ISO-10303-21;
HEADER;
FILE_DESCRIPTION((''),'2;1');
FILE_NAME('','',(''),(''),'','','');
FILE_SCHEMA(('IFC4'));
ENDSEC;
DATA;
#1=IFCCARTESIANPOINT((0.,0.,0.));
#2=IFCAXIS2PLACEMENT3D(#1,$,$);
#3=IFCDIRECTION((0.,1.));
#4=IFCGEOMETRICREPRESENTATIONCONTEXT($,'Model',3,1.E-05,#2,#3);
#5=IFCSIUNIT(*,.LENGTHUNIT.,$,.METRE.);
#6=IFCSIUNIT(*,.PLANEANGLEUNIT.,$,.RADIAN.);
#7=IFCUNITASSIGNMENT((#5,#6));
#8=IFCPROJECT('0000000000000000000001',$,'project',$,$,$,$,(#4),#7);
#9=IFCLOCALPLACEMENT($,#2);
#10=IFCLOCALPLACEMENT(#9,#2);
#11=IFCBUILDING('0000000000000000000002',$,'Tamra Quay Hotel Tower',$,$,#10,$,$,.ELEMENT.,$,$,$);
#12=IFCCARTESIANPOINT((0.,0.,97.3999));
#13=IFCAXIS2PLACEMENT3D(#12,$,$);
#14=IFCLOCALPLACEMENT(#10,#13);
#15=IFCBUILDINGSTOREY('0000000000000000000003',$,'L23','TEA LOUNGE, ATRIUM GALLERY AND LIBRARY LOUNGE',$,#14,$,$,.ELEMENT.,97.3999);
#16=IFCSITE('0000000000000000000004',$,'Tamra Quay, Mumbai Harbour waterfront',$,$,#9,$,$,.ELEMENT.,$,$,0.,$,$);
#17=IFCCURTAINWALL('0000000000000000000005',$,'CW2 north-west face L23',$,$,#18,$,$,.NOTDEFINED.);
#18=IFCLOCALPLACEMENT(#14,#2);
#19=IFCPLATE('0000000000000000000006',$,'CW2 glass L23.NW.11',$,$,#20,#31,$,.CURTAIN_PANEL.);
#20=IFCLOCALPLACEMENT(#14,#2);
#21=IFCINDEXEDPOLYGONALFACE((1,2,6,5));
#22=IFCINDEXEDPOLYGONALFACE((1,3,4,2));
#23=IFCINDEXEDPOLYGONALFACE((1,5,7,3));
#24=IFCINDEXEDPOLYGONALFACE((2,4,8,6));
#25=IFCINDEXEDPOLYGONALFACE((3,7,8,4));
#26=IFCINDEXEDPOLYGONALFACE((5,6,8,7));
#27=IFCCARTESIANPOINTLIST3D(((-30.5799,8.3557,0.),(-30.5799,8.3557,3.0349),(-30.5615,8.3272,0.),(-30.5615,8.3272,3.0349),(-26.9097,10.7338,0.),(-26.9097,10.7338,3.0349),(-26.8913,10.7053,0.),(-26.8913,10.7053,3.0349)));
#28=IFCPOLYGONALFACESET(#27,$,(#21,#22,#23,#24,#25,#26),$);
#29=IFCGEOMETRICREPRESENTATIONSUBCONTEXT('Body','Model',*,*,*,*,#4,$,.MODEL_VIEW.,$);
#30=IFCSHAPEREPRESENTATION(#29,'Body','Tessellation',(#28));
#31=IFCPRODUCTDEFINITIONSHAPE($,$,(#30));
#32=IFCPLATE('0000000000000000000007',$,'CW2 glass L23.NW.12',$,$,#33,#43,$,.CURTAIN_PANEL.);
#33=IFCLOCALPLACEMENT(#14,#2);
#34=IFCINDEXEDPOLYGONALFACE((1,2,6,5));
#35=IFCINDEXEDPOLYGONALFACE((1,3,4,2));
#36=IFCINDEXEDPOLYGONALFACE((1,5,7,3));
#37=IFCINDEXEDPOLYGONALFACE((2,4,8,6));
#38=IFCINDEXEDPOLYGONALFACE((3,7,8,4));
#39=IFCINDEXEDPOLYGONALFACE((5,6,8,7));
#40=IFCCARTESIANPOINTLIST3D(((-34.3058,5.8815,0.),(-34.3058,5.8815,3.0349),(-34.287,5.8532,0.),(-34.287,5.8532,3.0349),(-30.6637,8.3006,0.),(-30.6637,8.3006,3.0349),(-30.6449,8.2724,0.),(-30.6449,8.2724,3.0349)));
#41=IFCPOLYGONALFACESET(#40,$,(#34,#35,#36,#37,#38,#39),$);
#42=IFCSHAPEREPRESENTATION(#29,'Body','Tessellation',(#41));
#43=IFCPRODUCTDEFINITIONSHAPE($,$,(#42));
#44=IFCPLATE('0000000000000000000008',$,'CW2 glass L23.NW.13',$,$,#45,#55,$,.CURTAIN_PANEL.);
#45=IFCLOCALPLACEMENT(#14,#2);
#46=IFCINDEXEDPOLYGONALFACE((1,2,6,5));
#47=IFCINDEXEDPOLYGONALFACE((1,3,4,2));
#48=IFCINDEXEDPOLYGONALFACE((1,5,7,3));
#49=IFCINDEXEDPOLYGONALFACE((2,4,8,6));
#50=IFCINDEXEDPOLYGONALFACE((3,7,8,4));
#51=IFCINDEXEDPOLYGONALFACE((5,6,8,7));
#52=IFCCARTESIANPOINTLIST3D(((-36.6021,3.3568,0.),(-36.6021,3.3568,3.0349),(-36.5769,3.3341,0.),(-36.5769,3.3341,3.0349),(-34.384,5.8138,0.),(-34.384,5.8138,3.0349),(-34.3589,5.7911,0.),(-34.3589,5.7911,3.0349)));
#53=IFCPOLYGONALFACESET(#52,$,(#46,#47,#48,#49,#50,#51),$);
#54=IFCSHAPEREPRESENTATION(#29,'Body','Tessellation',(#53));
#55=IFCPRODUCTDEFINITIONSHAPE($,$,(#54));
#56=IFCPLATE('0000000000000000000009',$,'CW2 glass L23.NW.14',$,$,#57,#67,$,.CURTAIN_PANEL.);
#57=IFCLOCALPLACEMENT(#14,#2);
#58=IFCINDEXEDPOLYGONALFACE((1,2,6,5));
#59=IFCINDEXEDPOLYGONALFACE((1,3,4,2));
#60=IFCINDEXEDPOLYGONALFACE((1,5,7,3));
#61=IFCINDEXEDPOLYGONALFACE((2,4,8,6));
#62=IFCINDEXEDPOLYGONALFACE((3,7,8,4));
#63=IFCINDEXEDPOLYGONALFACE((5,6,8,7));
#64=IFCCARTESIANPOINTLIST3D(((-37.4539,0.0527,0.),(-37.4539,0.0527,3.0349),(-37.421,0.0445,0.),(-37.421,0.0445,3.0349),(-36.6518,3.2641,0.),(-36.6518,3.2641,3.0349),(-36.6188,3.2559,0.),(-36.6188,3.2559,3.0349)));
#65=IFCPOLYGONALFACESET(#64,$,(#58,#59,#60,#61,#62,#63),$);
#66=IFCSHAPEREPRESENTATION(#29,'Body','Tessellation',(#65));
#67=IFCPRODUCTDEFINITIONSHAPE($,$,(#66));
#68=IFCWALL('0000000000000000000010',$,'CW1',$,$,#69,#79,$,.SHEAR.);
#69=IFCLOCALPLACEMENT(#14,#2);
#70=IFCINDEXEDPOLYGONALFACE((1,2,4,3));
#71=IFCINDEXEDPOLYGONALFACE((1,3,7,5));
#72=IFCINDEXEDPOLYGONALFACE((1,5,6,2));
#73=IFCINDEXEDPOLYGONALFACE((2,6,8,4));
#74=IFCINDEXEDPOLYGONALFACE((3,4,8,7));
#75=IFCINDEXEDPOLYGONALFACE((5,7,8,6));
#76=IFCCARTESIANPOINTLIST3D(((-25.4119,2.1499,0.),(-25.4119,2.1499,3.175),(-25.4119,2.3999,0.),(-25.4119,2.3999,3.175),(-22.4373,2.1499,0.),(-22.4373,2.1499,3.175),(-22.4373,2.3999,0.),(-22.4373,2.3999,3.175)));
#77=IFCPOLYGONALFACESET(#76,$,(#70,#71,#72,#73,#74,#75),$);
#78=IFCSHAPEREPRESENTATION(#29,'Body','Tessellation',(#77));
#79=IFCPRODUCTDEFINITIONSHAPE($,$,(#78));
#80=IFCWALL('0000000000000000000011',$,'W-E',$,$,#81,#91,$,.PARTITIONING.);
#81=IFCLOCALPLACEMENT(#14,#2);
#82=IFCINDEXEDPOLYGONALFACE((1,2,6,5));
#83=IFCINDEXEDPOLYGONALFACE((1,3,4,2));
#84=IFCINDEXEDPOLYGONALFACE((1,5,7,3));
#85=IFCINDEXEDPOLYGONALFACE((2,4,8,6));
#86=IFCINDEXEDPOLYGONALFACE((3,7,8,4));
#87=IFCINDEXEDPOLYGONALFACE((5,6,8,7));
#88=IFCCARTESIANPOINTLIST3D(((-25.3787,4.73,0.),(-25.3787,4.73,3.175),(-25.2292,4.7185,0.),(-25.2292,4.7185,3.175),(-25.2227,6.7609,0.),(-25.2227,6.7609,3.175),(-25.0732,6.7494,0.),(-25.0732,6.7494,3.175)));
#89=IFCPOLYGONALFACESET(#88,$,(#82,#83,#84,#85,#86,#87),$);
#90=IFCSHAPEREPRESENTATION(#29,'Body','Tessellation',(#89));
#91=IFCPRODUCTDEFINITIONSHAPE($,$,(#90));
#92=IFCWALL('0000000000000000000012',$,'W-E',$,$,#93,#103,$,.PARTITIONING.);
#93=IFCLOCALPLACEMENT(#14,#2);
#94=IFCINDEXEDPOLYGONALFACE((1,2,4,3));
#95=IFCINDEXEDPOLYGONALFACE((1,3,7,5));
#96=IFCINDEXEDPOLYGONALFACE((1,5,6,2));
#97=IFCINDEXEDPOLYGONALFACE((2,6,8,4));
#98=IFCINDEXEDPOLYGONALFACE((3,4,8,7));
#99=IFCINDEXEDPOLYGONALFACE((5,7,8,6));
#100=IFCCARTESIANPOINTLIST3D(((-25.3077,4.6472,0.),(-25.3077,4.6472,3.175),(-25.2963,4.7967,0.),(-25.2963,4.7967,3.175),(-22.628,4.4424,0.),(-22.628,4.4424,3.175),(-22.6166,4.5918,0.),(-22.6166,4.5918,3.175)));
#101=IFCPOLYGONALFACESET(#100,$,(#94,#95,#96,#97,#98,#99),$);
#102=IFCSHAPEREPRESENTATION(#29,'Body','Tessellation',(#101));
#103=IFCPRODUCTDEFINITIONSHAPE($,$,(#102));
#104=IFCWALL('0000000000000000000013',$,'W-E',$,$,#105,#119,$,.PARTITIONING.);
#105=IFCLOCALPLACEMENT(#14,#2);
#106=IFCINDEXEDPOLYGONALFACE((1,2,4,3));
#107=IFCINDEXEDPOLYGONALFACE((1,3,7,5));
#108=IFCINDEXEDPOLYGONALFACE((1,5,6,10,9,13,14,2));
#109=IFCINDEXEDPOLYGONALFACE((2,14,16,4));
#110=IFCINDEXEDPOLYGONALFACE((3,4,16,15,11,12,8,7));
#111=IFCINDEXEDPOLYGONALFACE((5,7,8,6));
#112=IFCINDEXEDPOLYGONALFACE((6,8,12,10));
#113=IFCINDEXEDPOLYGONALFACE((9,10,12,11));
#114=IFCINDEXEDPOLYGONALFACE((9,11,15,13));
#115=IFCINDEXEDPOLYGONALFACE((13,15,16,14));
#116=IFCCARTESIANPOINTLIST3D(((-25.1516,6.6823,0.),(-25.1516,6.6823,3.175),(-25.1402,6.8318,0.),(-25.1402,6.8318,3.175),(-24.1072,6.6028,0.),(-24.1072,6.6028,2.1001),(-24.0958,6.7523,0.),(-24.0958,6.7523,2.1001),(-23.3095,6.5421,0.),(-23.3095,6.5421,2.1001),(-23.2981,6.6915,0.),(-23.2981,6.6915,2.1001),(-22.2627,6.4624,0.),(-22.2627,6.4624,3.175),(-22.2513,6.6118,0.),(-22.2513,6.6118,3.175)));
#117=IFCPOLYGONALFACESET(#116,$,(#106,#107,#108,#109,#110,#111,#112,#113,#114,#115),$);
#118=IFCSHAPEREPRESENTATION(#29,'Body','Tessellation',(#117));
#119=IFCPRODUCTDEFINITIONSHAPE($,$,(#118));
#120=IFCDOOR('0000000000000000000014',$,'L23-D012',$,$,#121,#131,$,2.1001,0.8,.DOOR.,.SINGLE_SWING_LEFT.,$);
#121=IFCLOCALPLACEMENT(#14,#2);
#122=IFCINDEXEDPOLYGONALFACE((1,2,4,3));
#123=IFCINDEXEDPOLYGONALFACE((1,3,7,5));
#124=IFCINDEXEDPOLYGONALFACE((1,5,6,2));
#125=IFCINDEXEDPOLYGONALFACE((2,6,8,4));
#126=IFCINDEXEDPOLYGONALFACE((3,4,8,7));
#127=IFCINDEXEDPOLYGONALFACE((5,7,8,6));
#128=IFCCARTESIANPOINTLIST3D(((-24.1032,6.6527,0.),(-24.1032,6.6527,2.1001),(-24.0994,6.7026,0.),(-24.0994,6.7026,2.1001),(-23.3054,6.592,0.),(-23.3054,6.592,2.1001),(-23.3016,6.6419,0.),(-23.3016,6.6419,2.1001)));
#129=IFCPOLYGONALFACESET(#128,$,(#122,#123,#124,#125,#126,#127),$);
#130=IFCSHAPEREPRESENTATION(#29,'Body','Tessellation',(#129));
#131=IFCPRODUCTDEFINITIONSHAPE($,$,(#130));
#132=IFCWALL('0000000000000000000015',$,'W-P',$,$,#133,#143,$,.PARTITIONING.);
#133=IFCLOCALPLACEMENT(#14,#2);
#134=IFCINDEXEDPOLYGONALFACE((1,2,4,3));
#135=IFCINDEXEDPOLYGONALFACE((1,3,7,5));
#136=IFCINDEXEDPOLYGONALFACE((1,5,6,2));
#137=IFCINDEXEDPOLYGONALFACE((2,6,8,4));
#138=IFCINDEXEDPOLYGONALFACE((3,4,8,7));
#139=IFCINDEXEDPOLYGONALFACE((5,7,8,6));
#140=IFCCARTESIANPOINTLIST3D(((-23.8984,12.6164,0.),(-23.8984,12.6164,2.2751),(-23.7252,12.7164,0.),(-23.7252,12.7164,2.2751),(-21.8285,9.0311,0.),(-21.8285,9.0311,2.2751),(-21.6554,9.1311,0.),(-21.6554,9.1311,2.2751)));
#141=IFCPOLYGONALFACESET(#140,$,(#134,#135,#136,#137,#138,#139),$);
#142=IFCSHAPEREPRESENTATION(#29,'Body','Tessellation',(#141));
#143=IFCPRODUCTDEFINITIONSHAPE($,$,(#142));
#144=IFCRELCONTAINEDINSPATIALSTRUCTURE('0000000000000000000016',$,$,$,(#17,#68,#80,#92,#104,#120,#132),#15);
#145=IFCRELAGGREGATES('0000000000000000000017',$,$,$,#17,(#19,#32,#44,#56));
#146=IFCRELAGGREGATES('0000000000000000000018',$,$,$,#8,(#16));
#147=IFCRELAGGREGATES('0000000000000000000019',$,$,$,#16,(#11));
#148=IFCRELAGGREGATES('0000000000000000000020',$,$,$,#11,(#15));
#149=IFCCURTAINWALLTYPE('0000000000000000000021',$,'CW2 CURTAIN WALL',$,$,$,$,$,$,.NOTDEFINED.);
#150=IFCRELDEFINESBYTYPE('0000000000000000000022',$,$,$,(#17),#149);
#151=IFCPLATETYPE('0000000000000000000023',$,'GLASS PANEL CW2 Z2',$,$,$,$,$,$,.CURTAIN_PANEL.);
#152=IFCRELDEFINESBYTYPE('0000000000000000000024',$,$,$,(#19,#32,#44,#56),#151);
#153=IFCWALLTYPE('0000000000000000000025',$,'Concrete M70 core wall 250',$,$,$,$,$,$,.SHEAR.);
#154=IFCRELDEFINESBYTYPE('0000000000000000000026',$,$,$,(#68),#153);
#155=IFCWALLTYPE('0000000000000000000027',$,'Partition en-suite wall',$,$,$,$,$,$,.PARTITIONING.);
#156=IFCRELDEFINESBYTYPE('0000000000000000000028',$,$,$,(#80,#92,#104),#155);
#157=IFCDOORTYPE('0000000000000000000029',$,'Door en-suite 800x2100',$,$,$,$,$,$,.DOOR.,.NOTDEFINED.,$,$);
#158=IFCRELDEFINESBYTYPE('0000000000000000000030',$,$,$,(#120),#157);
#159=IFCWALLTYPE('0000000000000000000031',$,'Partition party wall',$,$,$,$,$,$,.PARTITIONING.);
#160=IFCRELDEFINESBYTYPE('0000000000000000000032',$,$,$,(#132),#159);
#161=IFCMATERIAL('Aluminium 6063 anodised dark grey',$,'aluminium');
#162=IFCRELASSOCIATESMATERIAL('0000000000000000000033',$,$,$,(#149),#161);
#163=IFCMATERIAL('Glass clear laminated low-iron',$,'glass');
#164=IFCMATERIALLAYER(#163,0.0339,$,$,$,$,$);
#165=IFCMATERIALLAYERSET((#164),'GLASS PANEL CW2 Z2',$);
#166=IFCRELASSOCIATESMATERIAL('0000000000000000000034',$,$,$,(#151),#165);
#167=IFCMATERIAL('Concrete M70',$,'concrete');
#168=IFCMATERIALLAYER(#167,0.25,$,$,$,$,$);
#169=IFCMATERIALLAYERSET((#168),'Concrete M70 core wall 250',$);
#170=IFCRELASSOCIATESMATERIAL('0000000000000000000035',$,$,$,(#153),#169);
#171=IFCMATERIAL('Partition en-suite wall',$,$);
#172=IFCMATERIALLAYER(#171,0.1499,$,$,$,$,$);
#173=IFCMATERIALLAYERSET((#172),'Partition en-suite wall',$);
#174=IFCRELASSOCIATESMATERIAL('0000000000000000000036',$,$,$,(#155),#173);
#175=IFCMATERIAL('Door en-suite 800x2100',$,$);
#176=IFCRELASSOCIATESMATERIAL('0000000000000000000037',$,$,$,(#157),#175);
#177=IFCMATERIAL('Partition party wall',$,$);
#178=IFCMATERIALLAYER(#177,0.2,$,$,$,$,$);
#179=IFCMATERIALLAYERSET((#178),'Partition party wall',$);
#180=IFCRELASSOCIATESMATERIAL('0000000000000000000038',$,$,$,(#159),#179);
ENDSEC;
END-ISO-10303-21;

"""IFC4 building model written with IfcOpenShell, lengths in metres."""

from ifc_helpers import new_model, si_unit, direction, frame, frame_2d, origin, origin_2d, place, context, subcontext, project, spatial, rectangle, extrude, material, layer, layer_set, type_object, element, fill, aggregate, save


model = new_model("IFC4")

# Units and contexts
model_context = context("Model", 3, precision=1e-05, world=origin(), true_north=direction((0.0, 1.0)))
body_context = subcontext(model_context, "Body", "Model", "MODEL_VIEW")
ifc_project = project(units=[si_unit("LENGTHUNIT", "METRE"), si_unit("PLANEANGLEUNIT", "RADIAN")], contexts=[model_context])

# Site, building, storey
site_placement = place(None, origin())
site = spatial("IfcSite", under=ifc_project, at=site_placement, Name="Tamra Quay, Mumbai Harbour waterfront", CompositionType="ELEMENT", RefElevation=0.0)
building_placement = place(site_placement, origin())
building = spatial("IfcBuilding", under=site, at=building_placement, Name="Tamra Quay Hotel Tower", CompositionType="ELEMENT")
storey_placement = place(building_placement, frame((0.0, 0.0, 97.3999)))
storey = spatial("IfcBuildingStorey", under=building, at=storey_placement, Name="L23", Description="TEA LOUNGE, ATRIUM GALLERY AND LIBRARY LOUNGE", CompositionType="ELEMENT", Elevation=97.3999)

# Shared definitions
ifc_material_1 = material(Name="Concrete M70", Category="concrete")

# Curtain wall
ifc_material_2 = material(Name="Aluminium 6063 anodised dark grey", Category="aluminium")
curtain_wall_type = type_object("IfcCurtainWallType", Name="CW2 CURTAIN WALL", PredefinedType="NOTDEFINED", material=ifc_material_2)
curtain_wall_placement = place(storey_placement, origin())
curtain_wall = element("IfcCurtainWall", 1, at=curtain_wall_placement, inside=storey, type_object=curtain_wall_type, Name="CW2 north-west face L23", PredefinedType="NOTDEFINED")

# Plates
ifc_material_3 = material(Name="Glass clear laminated low-iron", Category="glass")
ifc_layer_1 = layer(ifc_material_3, 0.0339)
ifc_layer_set_1 = layer_set([ifc_layer_1], Name="GLASS PANEL CW2 Z2")
plate_type = type_object("IfcPlateType", Name="GLASS PANEL CW2 Z2", PredefinedType="CURTAIN_PANEL", material=ifc_layer_set_1)
plate_1_placement = place(storey_placement, frame((-28.7356, 9.5305, 0.0), z_axis=(0.0, 0.0, 1.0), x_axis=(-0.839224, -0.543786, 0.0)))
plate_1 = element("IfcPlate", 2, at=plate_1_placement, type_object=plate_type, Name="CW2 glass L23.NW.11", PredefinedType="CURTAIN_PANEL", context=body_context, shape_type="SweptSolid", body=[
    extrude(rectangle(XDim=4.3733, YDim=0.0339, at=origin_2d()), origin(), (0.0, 0.0, 1.0), 3.0349),
])
plate_2_placement = place(storey_placement, frame((-32.4753, 7.0769, 0.0), z_axis=(0.0, 0.0, 1.0), x_axis=(-0.832988, -0.553291, 0.0)))
plate_2 = element("IfcPlate", 3, at=plate_2_placement, type_object=plate_type, Name="CW2 glass L23.NW.12", PredefinedType="CURTAIN_PANEL", context=body_context, shape_type="SweptSolid", body=[
    extrude(rectangle(XDim=4.3723, YDim=0.0339, at=origin_2d()), origin(), (0.0, 0.0, 1.0), 3.0349),
])
plate_3_placement = place(storey_placement, frame((-35.4805, 4.574, 0.0), z_axis=(0.0, 0.0, 1.0), x_axis=(-0.670088, -0.742282, 0.0)))
plate_3 = element("IfcPlate", 4, at=plate_3_placement, type_object=plate_type, Name="CW2 glass L23.NW.13", PredefinedType="CURTAIN_PANEL", context=body_context, shape_type="SweptSolid", body=[
    extrude(rectangle(XDim=3.3101, YDim=0.0339, at=origin_2d()), origin(), (0.0, 0.0, 1.0), 3.0349),
])
plate_4_placement = place(storey_placement, frame((-37.0364, 1.6543, 0.0), z_axis=(0.0, 0.0, 1.0), x_axis=(-0.242339, -0.970192, 0.0)))
plate_4 = element("IfcPlate", 5, at=plate_4_placement, type_object=plate_type, Name="CW2 glass L23.NW.14", PredefinedType="CURTAIN_PANEL", context=body_context, shape_type="SweptSolid", body=[
    extrude(rectangle(XDim=3.3101, YDim=0.0339, at=origin_2d()), origin(), (0.0, 0.0, 1.0), 3.0349),
])
aggregate(curtain_wall, [plate_1, plate_2, plate_3, plate_4])

# Walls
ifc_layer_2 = layer(ifc_material_1, 0.25)
ifc_layer_set_2 = layer_set([ifc_layer_2], Name="Concrete M70 core wall 250")
wall_type_1 = type_object("IfcWallType", Name="Concrete M70 core wall 250", PredefinedType="SHEAR", material=ifc_layer_set_2)
wall_1_placement = place(storey_placement, frame((-25.4119, 2.2749, 0.0), z_axis=(0.0, 0.0, 1.0), x_axis=(1.0, 0.0, 0.0)))
element("IfcWall", 6, at=wall_1_placement, inside=storey, type_object=wall_type_1, Name="CW1", PredefinedType="SHEAR", context=body_context, shape_type="SweptSolid", body=[
    extrude(rectangle(XDim=2.9746, YDim=0.25, at=frame_2d((1.4873, 0.0))), origin(), (0.0, 0.0, 1.0), 3.175),
])
ifc_material_4 = material(Name="Partition en-suite wall")
ifc_layer_3 = layer(ifc_material_4, 0.1499)
ifc_layer_set_3 = layer_set([ifc_layer_3], Name="Partition en-suite wall")
wall_type_2 = type_object("IfcWallType", Name="Partition en-suite wall", PredefinedType="PARTITIONING", material=ifc_layer_set_3)
wall_2_placement = place(storey_placement, frame((-25.304, 4.7241, 0.0), z_axis=(0.0, 0.0, 1.0), x_axis=(0.076596, 0.997062, 0.0)))
element("IfcWall", 7, at=wall_2_placement, inside=storey, type_object=wall_type_2, Name="W-E", PredefinedType="PARTITIONING", context=body_context, shape_type="SweptSolid", body=[
    extrude(rectangle(XDim=2.0369, YDim=0.1499, at=frame_2d((1.0186, 0.0))), origin(), (0.0, 0.0, 1.0), 3.175),
])
wall_3_placement = place(storey_placement, frame((-25.302, 4.7219, 0.0), z_axis=(0.0, 0.0, 1.0), x_axis=(0.997091, -0.076217, 0.0)))
element("IfcWall", 8, at=wall_3_placement, inside=storey, type_object=wall_type_2, Name="W-E", PredefinedType="PARTITIONING", context=body_context, shape_type="SweptSolid", body=[
    extrude(rectangle(XDim=2.6875, YDim=0.1499, at=frame_2d((1.3438, 0.0))), origin(), (0.0, 0.0, 1.0), 3.175),
])

# Wall, opening, door
wall_4_placement = place(storey_placement, frame((-25.146, 6.7571, 0.0), z_axis=(0.0, 0.0, 1.0), x_axis=(0.997114, -0.075923, 0.0)))
wall_4 = element("IfcWall", 9, at=wall_4_placement, inside=storey, type_object=wall_type_2, Name="W-E", PredefinedType="PARTITIONING", context=body_context, shape_type="SweptSolid", body=[
    extrude(rectangle(XDim=2.8972, YDim=0.1499, at=frame_2d((1.4487, 0.0))), origin(), (0.0, 0.0, 1.0), 3.175),
])
opening_placement = place(wall_4_placement, frame((1.0476, 0.0, 0.0)))
opening = element("IfcOpeningElement", 10, at=opening_placement, cuts=wall_4, PredefinedType="OPENING", context=body_context, shape_type="SweptSolid", body=[
    extrude(rectangle(XDim=0.8, YDim=2.1001, at=frame_2d((0.3999, 1.05))), frame((0.0, 0.085, 0.0), z_axis=(0.0, -1.0, 0.0), x_axis=(1.0, 0.0, 0.0)), (0.0, 0.0, 1.0), 0.1699),
])
ifc_material_5 = material(Name="Door en-suite 800x2100")
door_type = type_object("IfcDoorType", Name="Door en-suite 800x2100", OperationType="NOTDEFINED", PredefinedType="DOOR", material=ifc_material_5)
door_placement = place(opening_placement, frame((0.8, 0.0, 0.0), z_axis=(0.0, 0.0, 1.0), x_axis=(-1.0, 0.0, 0.0)))
door = element("IfcDoor", 11, at=door_placement, inside=storey, type_object=door_type, Name="L23-D012", OperationType="SINGLE_SWING_LEFT", OverallHeight=2.1001, OverallWidth=0.8, PredefinedType="DOOR", context=body_context, shape_type="SweptSolid", body=[
    extrude(rectangle(XDim=0.8, YDim=2.1001, at=frame_2d((0.3999, 1.05))), frame((0.0, 0.0249, 0.0), z_axis=(0.0, -1.0, 0.0), x_axis=(1.0, 0.0, 0.0)), (0.0, 0.0, 1.0), 0.05),
])
fill(opening, door)

# Wall
ifc_material_6 = material(Name="Partition party wall")
ifc_layer_4 = layer(ifc_material_6, 0.2)
ifc_layer_set_4 = layer_set([ifc_layer_4], Name="Partition party wall")
wall_type_3 = type_object("IfcWallType", Name="Partition party wall", PredefinedType="PARTITIONING", material=ifc_layer_set_4)
wall_5_placement = place(storey_placement, frame((-23.8118, 12.6663, 0.0), z_axis=(0.0, 0.0, 1.0), x_axis=(0.499983, -0.866035, 0.0)))
element("IfcWall", 12, at=wall_5_placement, inside=storey, type_object=wall_type_3, Name="W-P", PredefinedType="PARTITIONING", context=body_context, shape_type="SweptSolid", body=[
    extrude(rectangle(XDim=4.1399, YDim=0.2, at=frame_2d((2.0698, 0.0))), origin(), (0.0, 0.0, 1.0), 2.2751),
])

save(model, "model.ifc")
